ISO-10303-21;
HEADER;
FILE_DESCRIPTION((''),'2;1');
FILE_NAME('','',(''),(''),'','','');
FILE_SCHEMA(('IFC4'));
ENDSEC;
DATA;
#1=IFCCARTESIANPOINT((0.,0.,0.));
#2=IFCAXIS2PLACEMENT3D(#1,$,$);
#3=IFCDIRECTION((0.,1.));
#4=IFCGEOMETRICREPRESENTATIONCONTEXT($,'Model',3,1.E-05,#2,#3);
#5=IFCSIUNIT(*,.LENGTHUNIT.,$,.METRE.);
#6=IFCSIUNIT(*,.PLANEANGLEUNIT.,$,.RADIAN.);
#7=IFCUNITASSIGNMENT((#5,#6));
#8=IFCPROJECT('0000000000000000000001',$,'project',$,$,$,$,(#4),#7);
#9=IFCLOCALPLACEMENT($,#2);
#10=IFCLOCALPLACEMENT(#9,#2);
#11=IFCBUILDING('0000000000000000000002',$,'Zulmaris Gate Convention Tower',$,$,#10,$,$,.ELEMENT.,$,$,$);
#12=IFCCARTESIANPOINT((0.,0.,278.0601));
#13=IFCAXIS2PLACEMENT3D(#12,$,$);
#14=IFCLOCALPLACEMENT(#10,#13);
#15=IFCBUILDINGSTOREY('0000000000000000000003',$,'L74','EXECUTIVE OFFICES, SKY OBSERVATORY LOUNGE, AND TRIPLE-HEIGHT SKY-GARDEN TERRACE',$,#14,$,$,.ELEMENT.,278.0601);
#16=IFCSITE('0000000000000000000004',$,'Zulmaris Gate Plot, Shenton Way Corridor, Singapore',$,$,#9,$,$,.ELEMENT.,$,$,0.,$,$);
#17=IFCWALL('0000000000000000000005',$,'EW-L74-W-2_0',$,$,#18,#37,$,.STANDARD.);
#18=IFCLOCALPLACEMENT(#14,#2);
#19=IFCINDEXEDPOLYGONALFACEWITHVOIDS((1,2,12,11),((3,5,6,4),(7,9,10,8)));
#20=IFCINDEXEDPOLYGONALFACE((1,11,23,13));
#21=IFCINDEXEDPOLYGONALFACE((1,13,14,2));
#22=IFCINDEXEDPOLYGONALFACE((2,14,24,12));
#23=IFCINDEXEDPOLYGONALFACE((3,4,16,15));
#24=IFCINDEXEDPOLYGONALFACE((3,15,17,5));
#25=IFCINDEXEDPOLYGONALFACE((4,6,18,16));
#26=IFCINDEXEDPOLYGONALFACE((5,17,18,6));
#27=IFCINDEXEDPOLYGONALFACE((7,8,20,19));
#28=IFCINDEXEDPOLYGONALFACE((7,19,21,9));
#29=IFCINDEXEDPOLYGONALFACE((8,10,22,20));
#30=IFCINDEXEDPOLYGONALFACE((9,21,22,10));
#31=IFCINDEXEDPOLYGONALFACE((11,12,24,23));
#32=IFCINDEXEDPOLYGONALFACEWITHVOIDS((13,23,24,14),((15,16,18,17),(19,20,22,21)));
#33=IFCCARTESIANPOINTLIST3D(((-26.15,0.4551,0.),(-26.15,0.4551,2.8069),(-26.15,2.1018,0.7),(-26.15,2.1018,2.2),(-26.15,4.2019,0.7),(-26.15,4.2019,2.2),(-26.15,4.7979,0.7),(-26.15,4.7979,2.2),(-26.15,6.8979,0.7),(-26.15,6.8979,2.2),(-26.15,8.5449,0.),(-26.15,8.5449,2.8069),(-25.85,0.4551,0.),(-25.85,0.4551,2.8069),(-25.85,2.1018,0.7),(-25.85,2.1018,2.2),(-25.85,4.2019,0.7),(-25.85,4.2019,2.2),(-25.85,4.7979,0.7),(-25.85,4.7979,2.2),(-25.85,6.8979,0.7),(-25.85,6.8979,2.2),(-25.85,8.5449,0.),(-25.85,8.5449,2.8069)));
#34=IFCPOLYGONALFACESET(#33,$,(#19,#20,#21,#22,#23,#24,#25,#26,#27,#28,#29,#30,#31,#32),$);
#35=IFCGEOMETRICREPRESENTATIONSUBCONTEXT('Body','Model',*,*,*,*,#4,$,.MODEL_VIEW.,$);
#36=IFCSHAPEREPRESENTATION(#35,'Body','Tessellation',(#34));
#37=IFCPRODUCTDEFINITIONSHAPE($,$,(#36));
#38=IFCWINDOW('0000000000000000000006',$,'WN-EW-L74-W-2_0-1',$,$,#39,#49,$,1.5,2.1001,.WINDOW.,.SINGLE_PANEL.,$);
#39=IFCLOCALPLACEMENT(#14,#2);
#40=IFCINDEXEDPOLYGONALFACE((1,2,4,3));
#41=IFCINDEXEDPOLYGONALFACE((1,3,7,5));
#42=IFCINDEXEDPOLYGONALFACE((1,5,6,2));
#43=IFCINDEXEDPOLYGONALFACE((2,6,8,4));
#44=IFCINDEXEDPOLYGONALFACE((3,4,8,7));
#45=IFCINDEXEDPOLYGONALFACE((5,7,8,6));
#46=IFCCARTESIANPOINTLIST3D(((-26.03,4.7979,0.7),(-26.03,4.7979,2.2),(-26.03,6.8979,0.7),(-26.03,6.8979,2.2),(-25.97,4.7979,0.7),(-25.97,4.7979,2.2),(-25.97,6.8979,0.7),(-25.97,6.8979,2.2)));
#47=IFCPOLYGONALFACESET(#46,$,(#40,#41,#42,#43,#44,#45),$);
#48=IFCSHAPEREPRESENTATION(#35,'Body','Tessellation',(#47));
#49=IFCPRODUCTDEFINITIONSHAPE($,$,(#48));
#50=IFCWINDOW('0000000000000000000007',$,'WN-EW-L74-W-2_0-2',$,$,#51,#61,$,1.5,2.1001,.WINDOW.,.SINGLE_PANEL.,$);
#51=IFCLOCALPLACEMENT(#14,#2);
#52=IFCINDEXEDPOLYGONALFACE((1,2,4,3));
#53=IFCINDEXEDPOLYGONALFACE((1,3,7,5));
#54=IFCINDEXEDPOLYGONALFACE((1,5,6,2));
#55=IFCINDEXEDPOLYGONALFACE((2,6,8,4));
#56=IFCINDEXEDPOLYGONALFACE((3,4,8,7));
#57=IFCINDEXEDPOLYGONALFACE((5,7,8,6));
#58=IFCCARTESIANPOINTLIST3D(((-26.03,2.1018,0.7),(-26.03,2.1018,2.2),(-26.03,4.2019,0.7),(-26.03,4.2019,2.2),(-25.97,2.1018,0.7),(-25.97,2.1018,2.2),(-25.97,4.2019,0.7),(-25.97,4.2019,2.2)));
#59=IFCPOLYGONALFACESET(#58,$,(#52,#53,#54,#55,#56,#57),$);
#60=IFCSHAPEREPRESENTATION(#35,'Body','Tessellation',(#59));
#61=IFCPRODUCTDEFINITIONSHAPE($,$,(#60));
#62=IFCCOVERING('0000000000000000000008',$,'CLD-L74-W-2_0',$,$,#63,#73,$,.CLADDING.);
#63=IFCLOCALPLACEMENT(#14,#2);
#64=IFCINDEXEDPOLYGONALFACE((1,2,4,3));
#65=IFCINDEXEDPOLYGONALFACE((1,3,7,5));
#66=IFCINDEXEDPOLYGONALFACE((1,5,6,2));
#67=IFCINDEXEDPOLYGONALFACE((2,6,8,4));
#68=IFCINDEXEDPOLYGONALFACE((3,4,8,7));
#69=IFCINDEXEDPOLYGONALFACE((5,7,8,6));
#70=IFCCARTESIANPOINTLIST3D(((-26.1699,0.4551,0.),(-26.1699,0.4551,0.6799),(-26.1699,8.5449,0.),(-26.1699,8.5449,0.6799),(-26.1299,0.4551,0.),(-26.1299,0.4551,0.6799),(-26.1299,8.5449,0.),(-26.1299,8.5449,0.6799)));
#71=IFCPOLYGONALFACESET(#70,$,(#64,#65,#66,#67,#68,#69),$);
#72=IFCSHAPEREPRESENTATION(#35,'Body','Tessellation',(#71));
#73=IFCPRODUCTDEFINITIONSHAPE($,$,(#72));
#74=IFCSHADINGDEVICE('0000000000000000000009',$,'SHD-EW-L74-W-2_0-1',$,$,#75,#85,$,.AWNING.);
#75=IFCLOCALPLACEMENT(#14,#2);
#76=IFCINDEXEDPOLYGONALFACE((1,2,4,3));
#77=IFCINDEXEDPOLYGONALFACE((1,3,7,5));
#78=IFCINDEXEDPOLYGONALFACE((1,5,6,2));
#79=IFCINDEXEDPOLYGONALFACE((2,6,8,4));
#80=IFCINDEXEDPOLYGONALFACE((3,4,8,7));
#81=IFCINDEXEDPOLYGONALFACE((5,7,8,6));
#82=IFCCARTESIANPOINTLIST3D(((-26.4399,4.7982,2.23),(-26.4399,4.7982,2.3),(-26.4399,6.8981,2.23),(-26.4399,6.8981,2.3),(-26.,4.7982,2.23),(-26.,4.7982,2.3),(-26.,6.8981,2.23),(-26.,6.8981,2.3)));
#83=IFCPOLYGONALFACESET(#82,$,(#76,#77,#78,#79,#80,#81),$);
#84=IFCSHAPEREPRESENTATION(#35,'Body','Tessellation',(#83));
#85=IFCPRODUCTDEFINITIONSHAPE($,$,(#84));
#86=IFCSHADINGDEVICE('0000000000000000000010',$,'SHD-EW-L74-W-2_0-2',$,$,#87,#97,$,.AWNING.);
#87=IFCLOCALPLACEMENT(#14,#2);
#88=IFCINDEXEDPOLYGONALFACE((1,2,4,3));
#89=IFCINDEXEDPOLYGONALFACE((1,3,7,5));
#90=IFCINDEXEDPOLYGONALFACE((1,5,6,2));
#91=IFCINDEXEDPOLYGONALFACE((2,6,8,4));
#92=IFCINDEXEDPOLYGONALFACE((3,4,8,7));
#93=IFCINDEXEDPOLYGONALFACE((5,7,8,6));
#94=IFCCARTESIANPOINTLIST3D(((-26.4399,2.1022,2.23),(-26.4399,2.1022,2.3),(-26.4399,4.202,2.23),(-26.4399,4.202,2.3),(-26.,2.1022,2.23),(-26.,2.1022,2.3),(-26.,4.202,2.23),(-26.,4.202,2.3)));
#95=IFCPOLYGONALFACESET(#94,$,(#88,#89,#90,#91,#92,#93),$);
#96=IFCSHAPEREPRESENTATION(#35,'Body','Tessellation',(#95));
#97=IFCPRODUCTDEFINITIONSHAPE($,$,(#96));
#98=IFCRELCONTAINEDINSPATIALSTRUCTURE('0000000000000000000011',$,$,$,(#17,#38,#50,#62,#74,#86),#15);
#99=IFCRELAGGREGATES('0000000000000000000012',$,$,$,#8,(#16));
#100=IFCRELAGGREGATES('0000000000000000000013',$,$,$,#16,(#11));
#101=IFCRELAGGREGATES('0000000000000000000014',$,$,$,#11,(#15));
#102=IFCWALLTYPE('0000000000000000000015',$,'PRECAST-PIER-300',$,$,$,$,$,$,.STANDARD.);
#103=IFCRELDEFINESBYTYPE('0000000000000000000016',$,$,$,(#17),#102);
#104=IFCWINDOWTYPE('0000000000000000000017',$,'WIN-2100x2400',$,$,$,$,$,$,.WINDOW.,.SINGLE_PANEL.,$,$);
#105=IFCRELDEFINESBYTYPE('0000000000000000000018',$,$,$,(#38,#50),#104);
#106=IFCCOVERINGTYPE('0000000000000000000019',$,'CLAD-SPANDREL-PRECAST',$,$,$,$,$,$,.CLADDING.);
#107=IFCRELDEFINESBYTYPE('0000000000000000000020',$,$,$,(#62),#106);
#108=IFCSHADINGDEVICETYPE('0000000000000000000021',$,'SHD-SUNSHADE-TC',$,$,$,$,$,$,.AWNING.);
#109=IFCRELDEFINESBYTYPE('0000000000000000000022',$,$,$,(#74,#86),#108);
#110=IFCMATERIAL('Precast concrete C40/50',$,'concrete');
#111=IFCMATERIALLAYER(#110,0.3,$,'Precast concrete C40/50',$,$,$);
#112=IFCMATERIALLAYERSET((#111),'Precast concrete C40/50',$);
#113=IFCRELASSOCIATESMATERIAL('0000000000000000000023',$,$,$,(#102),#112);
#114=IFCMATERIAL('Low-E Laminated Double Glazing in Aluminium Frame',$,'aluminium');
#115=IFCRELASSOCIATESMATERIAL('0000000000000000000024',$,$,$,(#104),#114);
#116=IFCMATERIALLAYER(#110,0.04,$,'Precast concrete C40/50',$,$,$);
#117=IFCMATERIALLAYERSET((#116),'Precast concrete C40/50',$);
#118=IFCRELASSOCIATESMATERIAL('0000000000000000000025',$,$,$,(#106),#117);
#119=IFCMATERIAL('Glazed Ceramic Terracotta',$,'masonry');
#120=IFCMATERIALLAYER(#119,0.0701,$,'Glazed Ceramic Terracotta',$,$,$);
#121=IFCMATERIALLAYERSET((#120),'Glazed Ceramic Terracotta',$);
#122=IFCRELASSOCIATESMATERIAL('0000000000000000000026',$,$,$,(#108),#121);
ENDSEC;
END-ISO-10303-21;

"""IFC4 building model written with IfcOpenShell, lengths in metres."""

from ifc_helpers import new_model, si_unit, direction, frame, frame_2d, origin, place, context, subcontext, project, spatial, rectangle, extrude, material, layer, layer_set, type_object, element, fill, save


model = new_model("IFC4")

# Units and contexts
model_context = context("Model", 3, precision=1e-05, world=origin(), true_north=direction((0.0, 1.0)))
body_context = subcontext(model_context, "Body", "Model", "MODEL_VIEW")
ifc_project = project(units=[si_unit("LENGTHUNIT", "METRE"), si_unit("PLANEANGLEUNIT", "RADIAN")], contexts=[model_context])

# Site, building, storey
site_placement = place(None, origin())
site = spatial("IfcSite", under=ifc_project, at=site_placement, Name="Zulmaris Gate Plot, Shenton Way Corridor, Singapore", CompositionType="ELEMENT", RefElevation=0.0)
building_placement = place(site_placement, origin())
building = spatial("IfcBuilding", under=site, at=building_placement, Name="Zulmaris Gate Convention Tower", CompositionType="ELEMENT")
storey_placement = place(building_placement, frame((0.0, 0.0, 278.0601)))
storey = spatial("IfcBuildingStorey", under=building, at=storey_placement, Name="L74", Description="EXECUTIVE OFFICES, SKY OBSERVATORY LOUNGE, AND TRIPLE-HEIGHT SKY-GARDEN TERRACE", CompositionType="ELEMENT", Elevation=278.0601)

# Wall, openings, windows
ifc_material_1 = material(Name="Precast concrete C40/50", Category="concrete")
ifc_layer_1 = layer(ifc_material_1, 0.3, Name="Precast concrete C40/50")
ifc_layer_set_1 = layer_set([ifc_layer_1], Name="Precast concrete C40/50")
wall_type_1 = type_object("IfcWallType", Name="PRECAST-PIER-300", PredefinedType="STANDARD", material=ifc_layer_set_1)
wall_1_placement = place(storey_placement, frame((-26.0, 8.5449, 0.0), z_axis=(0.0, 0.0, 1.0), x_axis=(0.0, -1.0, 0.0)))
wall_1 = element("IfcWall", 1, at=wall_1_placement, inside=storey, type_object=wall_type_1, Name="EW-L74-W-2_0", PredefinedType="STANDARD", context=body_context, shape_type="SweptSolid", body=[
    extrude(rectangle(XDim=8.0898, YDim=0.3, at=frame_2d((4.0449, 0.0))), origin(), (0.0, 0.0, 1.0), 2.8069),
])
opening_1_placement = place(wall_1_placement, frame((1.647, 0.0, 0.7)))
opening_1 = element("IfcOpeningElement", 2, at=opening_1_placement, cuts=wall_1, PredefinedType="OPENING", context=body_context, shape_type="SweptSolid", body=[
    extrude(rectangle(XDim=2.1001, YDim=1.5, at=frame_2d((1.05, 0.75))), frame((0.0, 0.1602, 0.0), z_axis=(0.0, -1.0, 0.0), x_axis=(1.0, 0.0, 0.0)), (0.0, 0.0, 1.0), 0.3201),
])
opening_2_placement = place(wall_1_placement, frame((4.343, 0.0, 0.7)))
opening_2 = element("IfcOpeningElement", 3, at=opening_2_placement, cuts=wall_1, PredefinedType="OPENING", context=body_context, shape_type="SweptSolid", body=[
    extrude(rectangle(XDim=2.1001, YDim=1.5, at=frame_2d((1.05, 0.75))), frame((0.0, 0.1602, 0.0), z_axis=(0.0, -1.0, 0.0), x_axis=(1.0, 0.0, 0.0)), (0.0, 0.0, 1.0), 0.3201),
])
ifc_material_2 = material(Name="Low-E Laminated Double Glazing in Aluminium Frame", Category="aluminium")
window_type = type_object("IfcWindowType", Name="WIN-2100x2400", PartitioningType="SINGLE_PANEL", PredefinedType="WINDOW", material=ifc_material_2)
window_1_placement = place(opening_1_placement, origin())
window_1 = element("IfcWindow", 4, at=window_1_placement, inside=storey, type_object=window_type, Name="WN-EW-L74-W-2_0-1", OverallHeight=1.5, OverallWidth=2.1001, PartitioningType="SINGLE_PANEL", PredefinedType="WINDOW", context=body_context, shape_type="SweptSolid", body=[
    extrude(rectangle(XDim=2.1001, YDim=1.5, at=frame_2d((1.05, 0.75))), frame((0.0, 0.03, 0.0), z_axis=(0.0, -1.0, 0.0), x_axis=(1.0, 0.0, 0.0)), (0.0, 0.0, 1.0), 0.0601),
])
fill(opening_1, window_1)
window_2_placement = place(opening_2_placement, origin())
window_2 = element("IfcWindow", 5, at=window_2_placement, inside=storey, type_object=window_type, Name="WN-EW-L74-W-2_0-2", OverallHeight=1.5, OverallWidth=2.1001, PartitioningType="SINGLE_PANEL", PredefinedType="WINDOW", context=body_context, shape_type="SweptSolid", body=[
    extrude(rectangle(XDim=2.1001, YDim=1.5, at=frame_2d((1.05, 0.75))), frame((0.0, 0.03, 0.0), z_axis=(0.0, -1.0, 0.0), x_axis=(1.0, 0.0, 0.0)), (0.0, 0.0, 1.0), 0.0601),
])
fill(opening_2, window_2)

# Covering
ifc_layer_2 = layer(ifc_material_1, 0.04, Name="Precast concrete C40/50")
ifc_layer_set_2 = layer_set([ifc_layer_2], Name="Precast concrete C40/50")
covering_type = type_object("IfcCoveringType", Name="CLAD-SPANDREL-PRECAST", PredefinedType="CLADDING", material=ifc_layer_set_2)
covering_placement = place(storey_placement, frame((-26.1499, 8.5449, 0.0), z_axis=(0.0, 0.0, 1.0), x_axis=(0.0, -1.0, 0.0)))
element("IfcCovering", 6, at=covering_placement, inside=storey, type_object=covering_type, Name="CLD-L74-W-2_0", PredefinedType="CLADDING", context=body_context, shape_type="SweptSolid", body=[
    extrude(rectangle(XDim=8.0898, YDim=0.04, at=frame_2d((4.0449, 0.0))), origin(), (0.0, 0.0, 1.0), 0.6799),
])

# Shading devices
ifc_material_3 = material(Name="Glazed Ceramic Terracotta", Category="masonry")
ifc_layer_3 = layer(ifc_material_3, 0.0701, Name="Glazed Ceramic Terracotta")
ifc_layer_set_3 = layer_set([ifc_layer_3], Name="Glazed Ceramic Terracotta")
shading_device_type = type_object("IfcShadingDeviceType", Name="SHD-SUNSHADE-TC", PredefinedType="AWNING", material=ifc_layer_set_3)
for number, where, z_axis, x_axis, name in (
    (7, (-26.22, 6.8979, 2.23), (0.0, 0.0, 1.0), (0.0, -1.0, 0.0), "SHD-EW-L74-W-2_0-1"),
    (8, (-26.22, 4.2019, 2.23), (0.0, 0.0, 1.0), (0.0, -1.0, 0.0), "SHD-EW-L74-W-2_0-2"),
):
    element("IfcShadingDevice", number, at=place(storey_placement, frame(where, z_axis=z_axis, x_axis=x_axis)), inside=storey, type_object=shading_device_type, Name=name, PredefinedType="AWNING", context=body_context, shape_type="SweptSolid", body=[
        extrude(rectangle(XDim=2.0999, YDim=0.4399, at=frame_2d((1.0498, 0.0))), origin(), (0.0, 0.0, 1.0), 0.0701),
    ])

save(model, "model.ifc")
